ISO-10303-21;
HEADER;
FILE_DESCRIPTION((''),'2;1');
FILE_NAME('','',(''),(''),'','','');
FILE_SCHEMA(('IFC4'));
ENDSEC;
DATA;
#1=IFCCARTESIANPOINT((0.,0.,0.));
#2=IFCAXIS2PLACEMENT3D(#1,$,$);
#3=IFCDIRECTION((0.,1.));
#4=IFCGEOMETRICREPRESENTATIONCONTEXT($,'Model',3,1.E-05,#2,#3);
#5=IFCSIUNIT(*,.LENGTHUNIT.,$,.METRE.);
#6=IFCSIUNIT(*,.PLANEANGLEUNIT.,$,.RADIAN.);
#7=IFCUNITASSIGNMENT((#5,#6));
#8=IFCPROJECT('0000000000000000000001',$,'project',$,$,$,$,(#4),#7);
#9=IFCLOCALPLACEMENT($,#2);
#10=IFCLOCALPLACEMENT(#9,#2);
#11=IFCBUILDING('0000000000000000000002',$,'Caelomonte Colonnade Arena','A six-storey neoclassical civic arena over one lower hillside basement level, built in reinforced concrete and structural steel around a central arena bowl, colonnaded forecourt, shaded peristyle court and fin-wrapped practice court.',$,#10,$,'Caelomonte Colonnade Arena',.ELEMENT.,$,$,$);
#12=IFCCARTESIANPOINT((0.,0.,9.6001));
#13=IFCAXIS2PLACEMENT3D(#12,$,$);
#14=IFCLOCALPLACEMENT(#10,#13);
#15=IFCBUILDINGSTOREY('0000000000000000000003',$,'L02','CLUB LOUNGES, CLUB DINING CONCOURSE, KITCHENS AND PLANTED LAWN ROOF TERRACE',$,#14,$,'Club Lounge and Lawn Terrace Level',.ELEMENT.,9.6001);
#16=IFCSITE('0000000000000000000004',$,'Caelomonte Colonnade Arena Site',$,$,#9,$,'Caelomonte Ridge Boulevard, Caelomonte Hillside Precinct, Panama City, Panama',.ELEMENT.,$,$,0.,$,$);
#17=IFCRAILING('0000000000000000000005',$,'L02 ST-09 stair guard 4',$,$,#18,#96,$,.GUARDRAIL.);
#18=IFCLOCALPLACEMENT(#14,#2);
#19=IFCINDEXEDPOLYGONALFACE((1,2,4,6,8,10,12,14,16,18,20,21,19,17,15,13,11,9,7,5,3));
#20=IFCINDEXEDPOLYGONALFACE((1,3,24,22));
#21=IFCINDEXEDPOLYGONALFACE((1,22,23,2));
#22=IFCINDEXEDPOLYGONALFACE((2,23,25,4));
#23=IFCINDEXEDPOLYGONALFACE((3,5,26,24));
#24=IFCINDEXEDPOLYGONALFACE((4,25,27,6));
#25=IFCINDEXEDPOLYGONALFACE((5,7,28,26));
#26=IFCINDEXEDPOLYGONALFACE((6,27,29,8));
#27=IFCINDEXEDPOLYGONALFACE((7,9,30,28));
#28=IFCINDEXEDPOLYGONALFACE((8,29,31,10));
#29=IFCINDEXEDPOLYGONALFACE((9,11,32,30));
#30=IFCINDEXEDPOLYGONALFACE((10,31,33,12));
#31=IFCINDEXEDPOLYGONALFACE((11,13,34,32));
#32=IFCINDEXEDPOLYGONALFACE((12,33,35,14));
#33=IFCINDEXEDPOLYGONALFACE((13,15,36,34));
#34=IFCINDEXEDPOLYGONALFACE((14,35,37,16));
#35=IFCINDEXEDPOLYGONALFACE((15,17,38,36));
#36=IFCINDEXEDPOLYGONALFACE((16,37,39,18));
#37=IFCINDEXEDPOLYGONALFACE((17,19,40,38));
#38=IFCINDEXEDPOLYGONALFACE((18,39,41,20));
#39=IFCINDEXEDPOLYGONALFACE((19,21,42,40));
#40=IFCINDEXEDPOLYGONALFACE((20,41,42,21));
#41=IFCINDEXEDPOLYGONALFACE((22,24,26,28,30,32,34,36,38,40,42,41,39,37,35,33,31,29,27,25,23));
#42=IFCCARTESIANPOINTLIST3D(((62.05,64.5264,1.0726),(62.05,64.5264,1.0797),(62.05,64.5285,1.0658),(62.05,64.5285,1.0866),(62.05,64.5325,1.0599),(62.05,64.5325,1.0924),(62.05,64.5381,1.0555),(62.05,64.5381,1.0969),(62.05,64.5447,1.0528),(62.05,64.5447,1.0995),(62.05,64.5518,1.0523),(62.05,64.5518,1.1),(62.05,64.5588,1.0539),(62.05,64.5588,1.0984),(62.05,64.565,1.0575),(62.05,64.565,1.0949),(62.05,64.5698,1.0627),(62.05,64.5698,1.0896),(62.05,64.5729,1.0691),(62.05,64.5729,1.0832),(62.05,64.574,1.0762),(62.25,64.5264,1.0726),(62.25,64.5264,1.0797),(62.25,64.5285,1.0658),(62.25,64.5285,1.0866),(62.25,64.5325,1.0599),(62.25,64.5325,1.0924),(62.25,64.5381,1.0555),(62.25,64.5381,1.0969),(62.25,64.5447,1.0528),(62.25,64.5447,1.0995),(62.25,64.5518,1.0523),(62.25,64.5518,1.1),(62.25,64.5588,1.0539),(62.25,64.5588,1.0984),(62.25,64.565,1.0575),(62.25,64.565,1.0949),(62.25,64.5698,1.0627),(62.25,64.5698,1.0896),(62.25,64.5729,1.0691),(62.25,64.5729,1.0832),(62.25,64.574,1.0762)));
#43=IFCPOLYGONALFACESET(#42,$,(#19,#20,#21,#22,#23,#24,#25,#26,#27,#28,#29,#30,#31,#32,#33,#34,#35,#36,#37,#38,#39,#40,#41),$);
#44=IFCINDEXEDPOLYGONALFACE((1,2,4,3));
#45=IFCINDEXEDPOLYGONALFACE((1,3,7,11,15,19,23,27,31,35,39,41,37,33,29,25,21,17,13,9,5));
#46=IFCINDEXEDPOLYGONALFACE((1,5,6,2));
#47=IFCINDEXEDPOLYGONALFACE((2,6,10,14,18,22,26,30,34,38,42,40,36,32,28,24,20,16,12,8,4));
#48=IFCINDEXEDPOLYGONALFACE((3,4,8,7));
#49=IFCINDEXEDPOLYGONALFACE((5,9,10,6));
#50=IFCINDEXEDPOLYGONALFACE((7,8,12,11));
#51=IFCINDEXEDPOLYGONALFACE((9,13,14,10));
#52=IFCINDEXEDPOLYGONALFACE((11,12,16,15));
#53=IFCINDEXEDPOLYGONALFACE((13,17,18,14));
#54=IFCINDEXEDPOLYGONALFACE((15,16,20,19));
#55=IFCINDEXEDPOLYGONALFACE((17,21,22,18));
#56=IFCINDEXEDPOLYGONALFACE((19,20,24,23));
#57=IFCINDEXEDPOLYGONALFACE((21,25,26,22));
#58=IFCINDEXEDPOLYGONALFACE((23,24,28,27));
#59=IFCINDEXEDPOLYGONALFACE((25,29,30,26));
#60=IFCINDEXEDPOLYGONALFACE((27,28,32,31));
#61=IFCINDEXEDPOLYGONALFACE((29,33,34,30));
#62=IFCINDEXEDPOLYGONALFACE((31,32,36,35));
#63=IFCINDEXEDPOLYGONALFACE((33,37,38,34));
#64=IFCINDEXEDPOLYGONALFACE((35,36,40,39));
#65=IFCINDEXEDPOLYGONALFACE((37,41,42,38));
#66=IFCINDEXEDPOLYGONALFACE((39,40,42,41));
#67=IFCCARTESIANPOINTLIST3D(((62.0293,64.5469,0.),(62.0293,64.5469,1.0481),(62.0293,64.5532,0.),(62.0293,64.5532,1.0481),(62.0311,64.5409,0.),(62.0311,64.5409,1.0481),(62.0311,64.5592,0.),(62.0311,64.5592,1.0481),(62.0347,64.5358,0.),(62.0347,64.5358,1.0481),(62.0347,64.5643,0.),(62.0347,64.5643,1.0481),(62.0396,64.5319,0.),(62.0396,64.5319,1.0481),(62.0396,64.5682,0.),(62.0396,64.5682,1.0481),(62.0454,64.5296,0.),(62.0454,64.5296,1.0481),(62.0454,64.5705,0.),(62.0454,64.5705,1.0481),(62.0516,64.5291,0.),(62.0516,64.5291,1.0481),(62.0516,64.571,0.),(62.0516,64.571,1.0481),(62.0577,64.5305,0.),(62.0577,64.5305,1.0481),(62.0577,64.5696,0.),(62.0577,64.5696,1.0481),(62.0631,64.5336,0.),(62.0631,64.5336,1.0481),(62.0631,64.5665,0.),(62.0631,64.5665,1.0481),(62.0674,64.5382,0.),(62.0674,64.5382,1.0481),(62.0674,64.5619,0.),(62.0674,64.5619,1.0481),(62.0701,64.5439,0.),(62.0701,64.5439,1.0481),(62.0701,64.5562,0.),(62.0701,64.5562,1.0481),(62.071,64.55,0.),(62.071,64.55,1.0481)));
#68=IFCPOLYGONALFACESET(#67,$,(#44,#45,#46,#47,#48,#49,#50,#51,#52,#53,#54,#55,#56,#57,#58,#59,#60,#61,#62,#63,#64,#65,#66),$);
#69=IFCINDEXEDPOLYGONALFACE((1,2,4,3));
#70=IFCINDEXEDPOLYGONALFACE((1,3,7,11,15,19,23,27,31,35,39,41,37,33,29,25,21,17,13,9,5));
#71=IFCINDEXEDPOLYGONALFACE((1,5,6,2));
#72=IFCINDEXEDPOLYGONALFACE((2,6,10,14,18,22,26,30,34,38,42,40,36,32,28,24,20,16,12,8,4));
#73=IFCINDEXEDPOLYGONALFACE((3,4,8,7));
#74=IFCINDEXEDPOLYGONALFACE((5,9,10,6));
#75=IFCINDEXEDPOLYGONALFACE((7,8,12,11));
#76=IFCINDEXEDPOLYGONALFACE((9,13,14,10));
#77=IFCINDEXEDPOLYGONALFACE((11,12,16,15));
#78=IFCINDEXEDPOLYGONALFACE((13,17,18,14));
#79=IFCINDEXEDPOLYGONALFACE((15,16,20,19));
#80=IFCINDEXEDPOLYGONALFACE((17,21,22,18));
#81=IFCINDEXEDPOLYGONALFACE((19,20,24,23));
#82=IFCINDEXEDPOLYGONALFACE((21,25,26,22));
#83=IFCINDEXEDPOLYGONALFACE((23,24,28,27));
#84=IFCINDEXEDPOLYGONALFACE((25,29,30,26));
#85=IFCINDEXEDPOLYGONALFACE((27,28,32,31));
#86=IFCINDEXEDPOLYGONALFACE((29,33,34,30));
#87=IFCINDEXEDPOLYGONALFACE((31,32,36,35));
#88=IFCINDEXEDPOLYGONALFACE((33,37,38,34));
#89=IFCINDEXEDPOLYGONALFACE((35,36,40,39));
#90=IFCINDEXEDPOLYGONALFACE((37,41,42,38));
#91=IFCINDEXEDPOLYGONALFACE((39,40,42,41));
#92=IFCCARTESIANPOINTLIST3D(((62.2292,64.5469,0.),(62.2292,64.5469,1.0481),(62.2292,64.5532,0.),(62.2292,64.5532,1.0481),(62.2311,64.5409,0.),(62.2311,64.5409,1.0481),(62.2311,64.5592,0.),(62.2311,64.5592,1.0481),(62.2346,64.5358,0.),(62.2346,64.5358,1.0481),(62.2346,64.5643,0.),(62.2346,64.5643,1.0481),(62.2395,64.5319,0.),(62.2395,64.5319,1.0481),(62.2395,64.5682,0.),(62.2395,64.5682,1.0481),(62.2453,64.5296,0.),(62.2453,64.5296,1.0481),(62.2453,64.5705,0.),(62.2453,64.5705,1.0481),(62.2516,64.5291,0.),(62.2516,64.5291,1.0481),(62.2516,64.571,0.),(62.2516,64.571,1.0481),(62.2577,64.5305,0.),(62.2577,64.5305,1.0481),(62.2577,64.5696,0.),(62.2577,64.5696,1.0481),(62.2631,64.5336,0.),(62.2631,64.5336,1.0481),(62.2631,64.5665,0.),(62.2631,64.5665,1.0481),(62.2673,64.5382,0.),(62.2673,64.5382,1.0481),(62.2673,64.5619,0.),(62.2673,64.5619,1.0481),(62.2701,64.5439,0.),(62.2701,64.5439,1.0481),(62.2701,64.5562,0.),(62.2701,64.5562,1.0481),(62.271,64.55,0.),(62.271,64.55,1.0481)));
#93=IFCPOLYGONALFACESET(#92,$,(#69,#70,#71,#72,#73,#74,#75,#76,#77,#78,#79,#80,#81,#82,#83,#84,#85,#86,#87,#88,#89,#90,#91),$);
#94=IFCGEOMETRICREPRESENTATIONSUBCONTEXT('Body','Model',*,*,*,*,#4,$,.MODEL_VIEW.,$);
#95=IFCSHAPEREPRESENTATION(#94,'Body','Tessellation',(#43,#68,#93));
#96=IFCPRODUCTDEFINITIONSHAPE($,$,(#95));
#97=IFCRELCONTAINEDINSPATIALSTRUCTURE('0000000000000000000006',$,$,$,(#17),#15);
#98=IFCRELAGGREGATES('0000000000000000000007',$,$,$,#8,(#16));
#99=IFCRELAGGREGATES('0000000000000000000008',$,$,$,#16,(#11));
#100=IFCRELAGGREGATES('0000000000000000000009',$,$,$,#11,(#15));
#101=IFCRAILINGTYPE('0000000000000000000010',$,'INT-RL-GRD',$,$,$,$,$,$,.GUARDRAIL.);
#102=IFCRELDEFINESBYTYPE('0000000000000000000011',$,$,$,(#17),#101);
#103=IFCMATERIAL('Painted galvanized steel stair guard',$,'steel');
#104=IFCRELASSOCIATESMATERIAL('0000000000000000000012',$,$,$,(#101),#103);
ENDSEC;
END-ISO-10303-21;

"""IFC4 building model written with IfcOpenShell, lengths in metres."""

from ifc_helpers import new_model, si_unit, direction, frame, origin, origin_2d, place, context, subcontext, project, spatial, circle, extrude, material, type_object, element, save


model = new_model("IFC4")

# Units and contexts
model_context = context("Model", 3, precision=1e-05, world=origin(), true_north=direction((0.0, 1.0)))
body_context = subcontext(model_context, "Body", "Model", "MODEL_VIEW")
ifc_project = project(units=[si_unit("LENGTHUNIT", "METRE"), si_unit("PLANEANGLEUNIT", "RADIAN")], contexts=[model_context])

# Site, building, storey
site_placement = place(None, origin())
site = spatial("IfcSite", under=ifc_project, at=site_placement, Name="Caelomonte Colonnade Arena Site", LongName="Caelomonte Ridge Boulevard, Caelomonte Hillside Precinct, Panama City, Panama", CompositionType="ELEMENT", RefElevation=0.0)
building_placement = place(site_placement, origin())
building = spatial("IfcBuilding", under=site, at=building_placement, Name="Caelomonte Colonnade Arena", Description="A six-storey neoclassical civic arena over one lower hillside basement level, built in reinforced concrete and structural steel around a central arena bowl, colonnaded forecourt, shaded peristyle court and fin-wrapped practice court.", LongName="Caelomonte Colonnade Arena", CompositionType="ELEMENT")
storey_placement = place(building_placement, frame((0.0, 0.0, 9.6001)))
storey = spatial("IfcBuildingStorey", under=building, at=storey_placement, Name="L02", Description="CLUB LOUNGES, CLUB DINING CONCOURSE, KITCHENS AND PLANTED LAWN ROOF TERRACE", LongName="Club Lounge and Lawn Terrace Level", CompositionType="ELEMENT", Elevation=9.6001)

# Railing
ifc_material_1 = material(Name="Painted galvanized steel stair guard", Category="steel")
railing_type_1 = type_object("IfcRailingType", Name="INT-RL-GRD", PredefinedType="GUARDRAIL", material=ifc_material_1)
railing_1_placement = place(storey_placement, frame((62.05, 64.55, 0.0)))
element("IfcRailing", 1, at=railing_1_placement, inside=storey, type_object=railing_type_1, Name="L02 ST-09 stair guard 4", PredefinedType="GUARDRAIL", context=body_context, shape_type="SweptSolid", body=[
    extrude(circle(Radius=0.0239, at=origin_2d()), frame((0.0, 0.0, 1.0762), z_axis=(1.0, 0.0, 0.0), x_axis=(0.0, 1.0, 0.0)), (0.0, 0.0, 1.0), 0.2),
    extrude(circle(Radius=0.021, at=origin_2d()), origin(), (0.0, 0.0, 1.0), 1.0481),
    extrude(circle(Radius=0.021, at=origin_2d()), frame((0.2, 0.0, 0.0)), (0.0, 0.0, 1.0), 1.0481),
])

save(model, "model.ifc")
